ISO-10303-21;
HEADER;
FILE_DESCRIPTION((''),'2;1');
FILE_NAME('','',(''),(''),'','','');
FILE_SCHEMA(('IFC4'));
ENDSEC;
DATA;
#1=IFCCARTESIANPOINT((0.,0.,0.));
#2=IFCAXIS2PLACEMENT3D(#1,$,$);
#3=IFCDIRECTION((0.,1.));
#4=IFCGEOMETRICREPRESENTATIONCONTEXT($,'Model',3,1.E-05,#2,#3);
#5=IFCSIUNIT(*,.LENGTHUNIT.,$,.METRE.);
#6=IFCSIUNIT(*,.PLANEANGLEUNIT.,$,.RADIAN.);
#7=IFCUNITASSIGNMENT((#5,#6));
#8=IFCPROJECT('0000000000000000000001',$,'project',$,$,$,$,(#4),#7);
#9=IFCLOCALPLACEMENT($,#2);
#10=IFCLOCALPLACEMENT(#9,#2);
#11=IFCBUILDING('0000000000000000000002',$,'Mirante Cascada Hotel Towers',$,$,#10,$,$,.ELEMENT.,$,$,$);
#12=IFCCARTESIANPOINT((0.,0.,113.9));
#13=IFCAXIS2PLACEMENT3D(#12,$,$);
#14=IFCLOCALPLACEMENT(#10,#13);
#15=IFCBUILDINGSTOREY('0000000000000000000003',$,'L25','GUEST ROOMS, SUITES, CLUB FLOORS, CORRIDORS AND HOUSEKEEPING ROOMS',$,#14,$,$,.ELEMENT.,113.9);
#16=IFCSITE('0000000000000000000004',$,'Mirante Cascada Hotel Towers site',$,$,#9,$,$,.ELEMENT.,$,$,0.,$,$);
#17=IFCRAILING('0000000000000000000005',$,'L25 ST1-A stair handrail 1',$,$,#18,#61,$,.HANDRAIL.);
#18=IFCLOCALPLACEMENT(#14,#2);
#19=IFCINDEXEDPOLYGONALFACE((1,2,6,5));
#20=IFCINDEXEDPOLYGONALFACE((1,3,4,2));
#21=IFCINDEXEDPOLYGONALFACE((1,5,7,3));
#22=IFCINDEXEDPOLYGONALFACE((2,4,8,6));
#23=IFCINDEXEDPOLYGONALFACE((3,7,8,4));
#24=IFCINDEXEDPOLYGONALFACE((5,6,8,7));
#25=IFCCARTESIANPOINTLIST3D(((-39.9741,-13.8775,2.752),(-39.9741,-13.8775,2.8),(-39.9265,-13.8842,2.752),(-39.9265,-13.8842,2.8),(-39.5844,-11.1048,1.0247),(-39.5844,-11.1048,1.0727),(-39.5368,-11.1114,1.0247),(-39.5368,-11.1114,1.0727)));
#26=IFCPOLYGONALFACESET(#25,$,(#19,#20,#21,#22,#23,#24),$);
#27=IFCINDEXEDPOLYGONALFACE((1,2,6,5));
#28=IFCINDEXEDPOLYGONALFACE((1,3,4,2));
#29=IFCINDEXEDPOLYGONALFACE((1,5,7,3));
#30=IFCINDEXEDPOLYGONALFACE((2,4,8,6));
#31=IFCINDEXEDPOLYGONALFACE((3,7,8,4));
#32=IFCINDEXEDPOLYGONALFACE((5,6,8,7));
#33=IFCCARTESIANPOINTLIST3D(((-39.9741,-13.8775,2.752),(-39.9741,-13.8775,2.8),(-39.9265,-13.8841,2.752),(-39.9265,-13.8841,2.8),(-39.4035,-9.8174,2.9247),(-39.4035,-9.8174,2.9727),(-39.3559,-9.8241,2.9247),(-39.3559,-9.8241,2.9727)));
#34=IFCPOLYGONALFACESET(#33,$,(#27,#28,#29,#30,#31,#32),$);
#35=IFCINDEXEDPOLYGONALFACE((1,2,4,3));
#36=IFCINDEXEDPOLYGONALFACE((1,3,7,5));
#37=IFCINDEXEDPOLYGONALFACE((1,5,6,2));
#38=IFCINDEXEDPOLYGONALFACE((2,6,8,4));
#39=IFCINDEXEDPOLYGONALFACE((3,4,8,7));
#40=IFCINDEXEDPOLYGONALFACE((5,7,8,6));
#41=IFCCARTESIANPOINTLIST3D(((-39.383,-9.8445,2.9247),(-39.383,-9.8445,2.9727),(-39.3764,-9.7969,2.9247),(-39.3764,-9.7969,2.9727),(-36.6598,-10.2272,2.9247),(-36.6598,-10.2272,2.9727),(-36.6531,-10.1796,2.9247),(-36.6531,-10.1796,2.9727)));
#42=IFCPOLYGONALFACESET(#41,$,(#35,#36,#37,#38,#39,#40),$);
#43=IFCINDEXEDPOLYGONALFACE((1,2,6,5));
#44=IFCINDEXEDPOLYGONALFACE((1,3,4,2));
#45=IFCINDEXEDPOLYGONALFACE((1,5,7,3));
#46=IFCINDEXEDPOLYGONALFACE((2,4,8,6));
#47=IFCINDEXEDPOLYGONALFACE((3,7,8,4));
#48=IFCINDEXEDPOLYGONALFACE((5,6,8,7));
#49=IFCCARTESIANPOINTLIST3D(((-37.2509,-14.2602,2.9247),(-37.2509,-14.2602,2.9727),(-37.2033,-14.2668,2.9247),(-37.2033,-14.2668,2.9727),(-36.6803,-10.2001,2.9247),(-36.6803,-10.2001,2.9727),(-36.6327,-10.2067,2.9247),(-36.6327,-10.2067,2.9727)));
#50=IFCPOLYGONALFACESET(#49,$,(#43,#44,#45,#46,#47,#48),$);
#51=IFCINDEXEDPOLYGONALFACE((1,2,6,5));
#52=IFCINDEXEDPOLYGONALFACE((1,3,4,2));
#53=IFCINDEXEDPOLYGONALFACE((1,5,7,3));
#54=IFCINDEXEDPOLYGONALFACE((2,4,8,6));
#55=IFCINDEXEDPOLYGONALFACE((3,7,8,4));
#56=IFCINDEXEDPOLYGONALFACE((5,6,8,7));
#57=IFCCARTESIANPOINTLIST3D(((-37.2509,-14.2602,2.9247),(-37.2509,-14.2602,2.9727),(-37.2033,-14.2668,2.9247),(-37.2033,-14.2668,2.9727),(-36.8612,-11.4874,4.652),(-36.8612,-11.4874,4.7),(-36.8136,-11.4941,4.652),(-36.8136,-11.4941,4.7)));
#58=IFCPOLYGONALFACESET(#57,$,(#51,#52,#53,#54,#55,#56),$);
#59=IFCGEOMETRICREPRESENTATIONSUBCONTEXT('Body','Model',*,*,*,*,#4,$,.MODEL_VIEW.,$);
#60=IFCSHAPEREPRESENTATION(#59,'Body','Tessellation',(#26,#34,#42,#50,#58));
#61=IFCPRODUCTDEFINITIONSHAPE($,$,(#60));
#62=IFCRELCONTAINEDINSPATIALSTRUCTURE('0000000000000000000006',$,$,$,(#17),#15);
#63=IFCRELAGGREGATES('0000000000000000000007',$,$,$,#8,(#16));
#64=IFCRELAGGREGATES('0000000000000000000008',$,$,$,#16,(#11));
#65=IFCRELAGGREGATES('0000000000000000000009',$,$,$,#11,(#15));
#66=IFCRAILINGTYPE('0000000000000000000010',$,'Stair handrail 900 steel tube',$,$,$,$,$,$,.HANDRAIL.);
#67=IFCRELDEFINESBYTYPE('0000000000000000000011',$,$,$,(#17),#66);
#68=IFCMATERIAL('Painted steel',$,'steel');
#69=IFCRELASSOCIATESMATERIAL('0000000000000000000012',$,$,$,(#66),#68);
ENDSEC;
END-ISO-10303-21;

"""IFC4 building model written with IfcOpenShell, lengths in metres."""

from ifc_helpers import new_model, si_unit, direction, frame, origin, origin_2d, place, context, subcontext, project, spatial, rectangle, extrude, material, type_object, element, save


model = new_model("IFC4")

# Units and contexts
model_context = context("Model", 3, precision=1e-05, world=origin(), true_north=direction((0.0, 1.0)))
body_context = subcontext(model_context, "Body", "Model", "MODEL_VIEW")
ifc_project = project(units=[si_unit("LENGTHUNIT", "METRE"), si_unit("PLANEANGLEUNIT", "RADIAN")], contexts=[model_context])

# Site, building, storey
site_placement = place(None, origin())
site = spatial("IfcSite", under=ifc_project, at=site_placement, Name="Mirante Cascada Hotel Towers site", CompositionType="ELEMENT", RefElevation=0.0)
building_placement = place(site_placement, origin())
building = spatial("IfcBuilding", under=site, at=building_placement, Name="Mirante Cascada Hotel Towers", CompositionType="ELEMENT")
storey_placement = place(building_placement, frame((0.0, 0.0, 113.9)))
storey = spatial("IfcBuildingStorey", under=building, at=storey_placement, Name="L25", Description="GUEST ROOMS, SUITES, CLUB FLOORS, CORRIDORS AND HOUSEKEEPING ROOMS", CompositionType="ELEMENT", Elevation=113.9)

# Railing
ifc_material_1 = material(Name="Painted steel", Category="steel")
railing_type_1 = type_object("IfcRailingType", Name="Stair handrail 900 steel tube", PredefinedType="HANDRAIL", material=ifc_material_1)
railing_1_placement = place(storey_placement, frame((-39.5606, -11.1081, 0.1727)))
element("IfcRailing", 1, at=railing_1_placement, inside=storey, type_object=railing_type_1, Name="L25 ST1-A stair handrail 1", PredefinedType="HANDRAIL", context=body_context, shape_type="SweptSolid", body=[
    extrude(rectangle(XDim=0.048, YDim=0.048, at=origin_2d()), frame((0.0, 0.0, 0.876), z_axis=(-0.139181, -0.990267, 0.0), x_axis=(0.990267, -0.139181, 0.0)), (0.0, 0.525035, 0.851081), 3.2899),
    extrude(rectangle(XDim=0.048, YDim=0.048, at=origin_2d()), frame((-0.3897, -2.7727, 2.6033), z_axis=(0.139171, 0.990268, 0.0), x_axis=(-0.990268, 0.139171, 0.0)), (0.0, 0.042085, 0.999114), 4.1036),
    extrude(rectangle(XDim=0.048, YDim=0.048, at=origin_2d()), frame((0.1809, 1.2874, 2.776), z_axis=(0.990269, -0.139166, 0.0), x_axis=(0.139166, 0.990269, 0.0)), (0.0, 0.0, 1.0), 2.75),
    extrude(rectangle(XDim=0.048, YDim=0.048, at=origin_2d()), frame((2.9041, 0.9047, 2.776), z_axis=(-0.139171, -0.990268, 0.0), x_axis=(0.990268, -0.139171, 0.0)), (0.0, 0.0, 1.0), 4.1),
    extrude(rectangle(XDim=0.048, YDim=0.048, at=origin_2d()), frame((2.3335, -3.1554, 2.776), z_axis=(0.139181, 0.990267, 0.0), x_axis=(-0.990267, 0.139181, 0.0)), (0.0, 0.525035, 0.851081), 3.2899),
])

save(model, "model.ifc")
